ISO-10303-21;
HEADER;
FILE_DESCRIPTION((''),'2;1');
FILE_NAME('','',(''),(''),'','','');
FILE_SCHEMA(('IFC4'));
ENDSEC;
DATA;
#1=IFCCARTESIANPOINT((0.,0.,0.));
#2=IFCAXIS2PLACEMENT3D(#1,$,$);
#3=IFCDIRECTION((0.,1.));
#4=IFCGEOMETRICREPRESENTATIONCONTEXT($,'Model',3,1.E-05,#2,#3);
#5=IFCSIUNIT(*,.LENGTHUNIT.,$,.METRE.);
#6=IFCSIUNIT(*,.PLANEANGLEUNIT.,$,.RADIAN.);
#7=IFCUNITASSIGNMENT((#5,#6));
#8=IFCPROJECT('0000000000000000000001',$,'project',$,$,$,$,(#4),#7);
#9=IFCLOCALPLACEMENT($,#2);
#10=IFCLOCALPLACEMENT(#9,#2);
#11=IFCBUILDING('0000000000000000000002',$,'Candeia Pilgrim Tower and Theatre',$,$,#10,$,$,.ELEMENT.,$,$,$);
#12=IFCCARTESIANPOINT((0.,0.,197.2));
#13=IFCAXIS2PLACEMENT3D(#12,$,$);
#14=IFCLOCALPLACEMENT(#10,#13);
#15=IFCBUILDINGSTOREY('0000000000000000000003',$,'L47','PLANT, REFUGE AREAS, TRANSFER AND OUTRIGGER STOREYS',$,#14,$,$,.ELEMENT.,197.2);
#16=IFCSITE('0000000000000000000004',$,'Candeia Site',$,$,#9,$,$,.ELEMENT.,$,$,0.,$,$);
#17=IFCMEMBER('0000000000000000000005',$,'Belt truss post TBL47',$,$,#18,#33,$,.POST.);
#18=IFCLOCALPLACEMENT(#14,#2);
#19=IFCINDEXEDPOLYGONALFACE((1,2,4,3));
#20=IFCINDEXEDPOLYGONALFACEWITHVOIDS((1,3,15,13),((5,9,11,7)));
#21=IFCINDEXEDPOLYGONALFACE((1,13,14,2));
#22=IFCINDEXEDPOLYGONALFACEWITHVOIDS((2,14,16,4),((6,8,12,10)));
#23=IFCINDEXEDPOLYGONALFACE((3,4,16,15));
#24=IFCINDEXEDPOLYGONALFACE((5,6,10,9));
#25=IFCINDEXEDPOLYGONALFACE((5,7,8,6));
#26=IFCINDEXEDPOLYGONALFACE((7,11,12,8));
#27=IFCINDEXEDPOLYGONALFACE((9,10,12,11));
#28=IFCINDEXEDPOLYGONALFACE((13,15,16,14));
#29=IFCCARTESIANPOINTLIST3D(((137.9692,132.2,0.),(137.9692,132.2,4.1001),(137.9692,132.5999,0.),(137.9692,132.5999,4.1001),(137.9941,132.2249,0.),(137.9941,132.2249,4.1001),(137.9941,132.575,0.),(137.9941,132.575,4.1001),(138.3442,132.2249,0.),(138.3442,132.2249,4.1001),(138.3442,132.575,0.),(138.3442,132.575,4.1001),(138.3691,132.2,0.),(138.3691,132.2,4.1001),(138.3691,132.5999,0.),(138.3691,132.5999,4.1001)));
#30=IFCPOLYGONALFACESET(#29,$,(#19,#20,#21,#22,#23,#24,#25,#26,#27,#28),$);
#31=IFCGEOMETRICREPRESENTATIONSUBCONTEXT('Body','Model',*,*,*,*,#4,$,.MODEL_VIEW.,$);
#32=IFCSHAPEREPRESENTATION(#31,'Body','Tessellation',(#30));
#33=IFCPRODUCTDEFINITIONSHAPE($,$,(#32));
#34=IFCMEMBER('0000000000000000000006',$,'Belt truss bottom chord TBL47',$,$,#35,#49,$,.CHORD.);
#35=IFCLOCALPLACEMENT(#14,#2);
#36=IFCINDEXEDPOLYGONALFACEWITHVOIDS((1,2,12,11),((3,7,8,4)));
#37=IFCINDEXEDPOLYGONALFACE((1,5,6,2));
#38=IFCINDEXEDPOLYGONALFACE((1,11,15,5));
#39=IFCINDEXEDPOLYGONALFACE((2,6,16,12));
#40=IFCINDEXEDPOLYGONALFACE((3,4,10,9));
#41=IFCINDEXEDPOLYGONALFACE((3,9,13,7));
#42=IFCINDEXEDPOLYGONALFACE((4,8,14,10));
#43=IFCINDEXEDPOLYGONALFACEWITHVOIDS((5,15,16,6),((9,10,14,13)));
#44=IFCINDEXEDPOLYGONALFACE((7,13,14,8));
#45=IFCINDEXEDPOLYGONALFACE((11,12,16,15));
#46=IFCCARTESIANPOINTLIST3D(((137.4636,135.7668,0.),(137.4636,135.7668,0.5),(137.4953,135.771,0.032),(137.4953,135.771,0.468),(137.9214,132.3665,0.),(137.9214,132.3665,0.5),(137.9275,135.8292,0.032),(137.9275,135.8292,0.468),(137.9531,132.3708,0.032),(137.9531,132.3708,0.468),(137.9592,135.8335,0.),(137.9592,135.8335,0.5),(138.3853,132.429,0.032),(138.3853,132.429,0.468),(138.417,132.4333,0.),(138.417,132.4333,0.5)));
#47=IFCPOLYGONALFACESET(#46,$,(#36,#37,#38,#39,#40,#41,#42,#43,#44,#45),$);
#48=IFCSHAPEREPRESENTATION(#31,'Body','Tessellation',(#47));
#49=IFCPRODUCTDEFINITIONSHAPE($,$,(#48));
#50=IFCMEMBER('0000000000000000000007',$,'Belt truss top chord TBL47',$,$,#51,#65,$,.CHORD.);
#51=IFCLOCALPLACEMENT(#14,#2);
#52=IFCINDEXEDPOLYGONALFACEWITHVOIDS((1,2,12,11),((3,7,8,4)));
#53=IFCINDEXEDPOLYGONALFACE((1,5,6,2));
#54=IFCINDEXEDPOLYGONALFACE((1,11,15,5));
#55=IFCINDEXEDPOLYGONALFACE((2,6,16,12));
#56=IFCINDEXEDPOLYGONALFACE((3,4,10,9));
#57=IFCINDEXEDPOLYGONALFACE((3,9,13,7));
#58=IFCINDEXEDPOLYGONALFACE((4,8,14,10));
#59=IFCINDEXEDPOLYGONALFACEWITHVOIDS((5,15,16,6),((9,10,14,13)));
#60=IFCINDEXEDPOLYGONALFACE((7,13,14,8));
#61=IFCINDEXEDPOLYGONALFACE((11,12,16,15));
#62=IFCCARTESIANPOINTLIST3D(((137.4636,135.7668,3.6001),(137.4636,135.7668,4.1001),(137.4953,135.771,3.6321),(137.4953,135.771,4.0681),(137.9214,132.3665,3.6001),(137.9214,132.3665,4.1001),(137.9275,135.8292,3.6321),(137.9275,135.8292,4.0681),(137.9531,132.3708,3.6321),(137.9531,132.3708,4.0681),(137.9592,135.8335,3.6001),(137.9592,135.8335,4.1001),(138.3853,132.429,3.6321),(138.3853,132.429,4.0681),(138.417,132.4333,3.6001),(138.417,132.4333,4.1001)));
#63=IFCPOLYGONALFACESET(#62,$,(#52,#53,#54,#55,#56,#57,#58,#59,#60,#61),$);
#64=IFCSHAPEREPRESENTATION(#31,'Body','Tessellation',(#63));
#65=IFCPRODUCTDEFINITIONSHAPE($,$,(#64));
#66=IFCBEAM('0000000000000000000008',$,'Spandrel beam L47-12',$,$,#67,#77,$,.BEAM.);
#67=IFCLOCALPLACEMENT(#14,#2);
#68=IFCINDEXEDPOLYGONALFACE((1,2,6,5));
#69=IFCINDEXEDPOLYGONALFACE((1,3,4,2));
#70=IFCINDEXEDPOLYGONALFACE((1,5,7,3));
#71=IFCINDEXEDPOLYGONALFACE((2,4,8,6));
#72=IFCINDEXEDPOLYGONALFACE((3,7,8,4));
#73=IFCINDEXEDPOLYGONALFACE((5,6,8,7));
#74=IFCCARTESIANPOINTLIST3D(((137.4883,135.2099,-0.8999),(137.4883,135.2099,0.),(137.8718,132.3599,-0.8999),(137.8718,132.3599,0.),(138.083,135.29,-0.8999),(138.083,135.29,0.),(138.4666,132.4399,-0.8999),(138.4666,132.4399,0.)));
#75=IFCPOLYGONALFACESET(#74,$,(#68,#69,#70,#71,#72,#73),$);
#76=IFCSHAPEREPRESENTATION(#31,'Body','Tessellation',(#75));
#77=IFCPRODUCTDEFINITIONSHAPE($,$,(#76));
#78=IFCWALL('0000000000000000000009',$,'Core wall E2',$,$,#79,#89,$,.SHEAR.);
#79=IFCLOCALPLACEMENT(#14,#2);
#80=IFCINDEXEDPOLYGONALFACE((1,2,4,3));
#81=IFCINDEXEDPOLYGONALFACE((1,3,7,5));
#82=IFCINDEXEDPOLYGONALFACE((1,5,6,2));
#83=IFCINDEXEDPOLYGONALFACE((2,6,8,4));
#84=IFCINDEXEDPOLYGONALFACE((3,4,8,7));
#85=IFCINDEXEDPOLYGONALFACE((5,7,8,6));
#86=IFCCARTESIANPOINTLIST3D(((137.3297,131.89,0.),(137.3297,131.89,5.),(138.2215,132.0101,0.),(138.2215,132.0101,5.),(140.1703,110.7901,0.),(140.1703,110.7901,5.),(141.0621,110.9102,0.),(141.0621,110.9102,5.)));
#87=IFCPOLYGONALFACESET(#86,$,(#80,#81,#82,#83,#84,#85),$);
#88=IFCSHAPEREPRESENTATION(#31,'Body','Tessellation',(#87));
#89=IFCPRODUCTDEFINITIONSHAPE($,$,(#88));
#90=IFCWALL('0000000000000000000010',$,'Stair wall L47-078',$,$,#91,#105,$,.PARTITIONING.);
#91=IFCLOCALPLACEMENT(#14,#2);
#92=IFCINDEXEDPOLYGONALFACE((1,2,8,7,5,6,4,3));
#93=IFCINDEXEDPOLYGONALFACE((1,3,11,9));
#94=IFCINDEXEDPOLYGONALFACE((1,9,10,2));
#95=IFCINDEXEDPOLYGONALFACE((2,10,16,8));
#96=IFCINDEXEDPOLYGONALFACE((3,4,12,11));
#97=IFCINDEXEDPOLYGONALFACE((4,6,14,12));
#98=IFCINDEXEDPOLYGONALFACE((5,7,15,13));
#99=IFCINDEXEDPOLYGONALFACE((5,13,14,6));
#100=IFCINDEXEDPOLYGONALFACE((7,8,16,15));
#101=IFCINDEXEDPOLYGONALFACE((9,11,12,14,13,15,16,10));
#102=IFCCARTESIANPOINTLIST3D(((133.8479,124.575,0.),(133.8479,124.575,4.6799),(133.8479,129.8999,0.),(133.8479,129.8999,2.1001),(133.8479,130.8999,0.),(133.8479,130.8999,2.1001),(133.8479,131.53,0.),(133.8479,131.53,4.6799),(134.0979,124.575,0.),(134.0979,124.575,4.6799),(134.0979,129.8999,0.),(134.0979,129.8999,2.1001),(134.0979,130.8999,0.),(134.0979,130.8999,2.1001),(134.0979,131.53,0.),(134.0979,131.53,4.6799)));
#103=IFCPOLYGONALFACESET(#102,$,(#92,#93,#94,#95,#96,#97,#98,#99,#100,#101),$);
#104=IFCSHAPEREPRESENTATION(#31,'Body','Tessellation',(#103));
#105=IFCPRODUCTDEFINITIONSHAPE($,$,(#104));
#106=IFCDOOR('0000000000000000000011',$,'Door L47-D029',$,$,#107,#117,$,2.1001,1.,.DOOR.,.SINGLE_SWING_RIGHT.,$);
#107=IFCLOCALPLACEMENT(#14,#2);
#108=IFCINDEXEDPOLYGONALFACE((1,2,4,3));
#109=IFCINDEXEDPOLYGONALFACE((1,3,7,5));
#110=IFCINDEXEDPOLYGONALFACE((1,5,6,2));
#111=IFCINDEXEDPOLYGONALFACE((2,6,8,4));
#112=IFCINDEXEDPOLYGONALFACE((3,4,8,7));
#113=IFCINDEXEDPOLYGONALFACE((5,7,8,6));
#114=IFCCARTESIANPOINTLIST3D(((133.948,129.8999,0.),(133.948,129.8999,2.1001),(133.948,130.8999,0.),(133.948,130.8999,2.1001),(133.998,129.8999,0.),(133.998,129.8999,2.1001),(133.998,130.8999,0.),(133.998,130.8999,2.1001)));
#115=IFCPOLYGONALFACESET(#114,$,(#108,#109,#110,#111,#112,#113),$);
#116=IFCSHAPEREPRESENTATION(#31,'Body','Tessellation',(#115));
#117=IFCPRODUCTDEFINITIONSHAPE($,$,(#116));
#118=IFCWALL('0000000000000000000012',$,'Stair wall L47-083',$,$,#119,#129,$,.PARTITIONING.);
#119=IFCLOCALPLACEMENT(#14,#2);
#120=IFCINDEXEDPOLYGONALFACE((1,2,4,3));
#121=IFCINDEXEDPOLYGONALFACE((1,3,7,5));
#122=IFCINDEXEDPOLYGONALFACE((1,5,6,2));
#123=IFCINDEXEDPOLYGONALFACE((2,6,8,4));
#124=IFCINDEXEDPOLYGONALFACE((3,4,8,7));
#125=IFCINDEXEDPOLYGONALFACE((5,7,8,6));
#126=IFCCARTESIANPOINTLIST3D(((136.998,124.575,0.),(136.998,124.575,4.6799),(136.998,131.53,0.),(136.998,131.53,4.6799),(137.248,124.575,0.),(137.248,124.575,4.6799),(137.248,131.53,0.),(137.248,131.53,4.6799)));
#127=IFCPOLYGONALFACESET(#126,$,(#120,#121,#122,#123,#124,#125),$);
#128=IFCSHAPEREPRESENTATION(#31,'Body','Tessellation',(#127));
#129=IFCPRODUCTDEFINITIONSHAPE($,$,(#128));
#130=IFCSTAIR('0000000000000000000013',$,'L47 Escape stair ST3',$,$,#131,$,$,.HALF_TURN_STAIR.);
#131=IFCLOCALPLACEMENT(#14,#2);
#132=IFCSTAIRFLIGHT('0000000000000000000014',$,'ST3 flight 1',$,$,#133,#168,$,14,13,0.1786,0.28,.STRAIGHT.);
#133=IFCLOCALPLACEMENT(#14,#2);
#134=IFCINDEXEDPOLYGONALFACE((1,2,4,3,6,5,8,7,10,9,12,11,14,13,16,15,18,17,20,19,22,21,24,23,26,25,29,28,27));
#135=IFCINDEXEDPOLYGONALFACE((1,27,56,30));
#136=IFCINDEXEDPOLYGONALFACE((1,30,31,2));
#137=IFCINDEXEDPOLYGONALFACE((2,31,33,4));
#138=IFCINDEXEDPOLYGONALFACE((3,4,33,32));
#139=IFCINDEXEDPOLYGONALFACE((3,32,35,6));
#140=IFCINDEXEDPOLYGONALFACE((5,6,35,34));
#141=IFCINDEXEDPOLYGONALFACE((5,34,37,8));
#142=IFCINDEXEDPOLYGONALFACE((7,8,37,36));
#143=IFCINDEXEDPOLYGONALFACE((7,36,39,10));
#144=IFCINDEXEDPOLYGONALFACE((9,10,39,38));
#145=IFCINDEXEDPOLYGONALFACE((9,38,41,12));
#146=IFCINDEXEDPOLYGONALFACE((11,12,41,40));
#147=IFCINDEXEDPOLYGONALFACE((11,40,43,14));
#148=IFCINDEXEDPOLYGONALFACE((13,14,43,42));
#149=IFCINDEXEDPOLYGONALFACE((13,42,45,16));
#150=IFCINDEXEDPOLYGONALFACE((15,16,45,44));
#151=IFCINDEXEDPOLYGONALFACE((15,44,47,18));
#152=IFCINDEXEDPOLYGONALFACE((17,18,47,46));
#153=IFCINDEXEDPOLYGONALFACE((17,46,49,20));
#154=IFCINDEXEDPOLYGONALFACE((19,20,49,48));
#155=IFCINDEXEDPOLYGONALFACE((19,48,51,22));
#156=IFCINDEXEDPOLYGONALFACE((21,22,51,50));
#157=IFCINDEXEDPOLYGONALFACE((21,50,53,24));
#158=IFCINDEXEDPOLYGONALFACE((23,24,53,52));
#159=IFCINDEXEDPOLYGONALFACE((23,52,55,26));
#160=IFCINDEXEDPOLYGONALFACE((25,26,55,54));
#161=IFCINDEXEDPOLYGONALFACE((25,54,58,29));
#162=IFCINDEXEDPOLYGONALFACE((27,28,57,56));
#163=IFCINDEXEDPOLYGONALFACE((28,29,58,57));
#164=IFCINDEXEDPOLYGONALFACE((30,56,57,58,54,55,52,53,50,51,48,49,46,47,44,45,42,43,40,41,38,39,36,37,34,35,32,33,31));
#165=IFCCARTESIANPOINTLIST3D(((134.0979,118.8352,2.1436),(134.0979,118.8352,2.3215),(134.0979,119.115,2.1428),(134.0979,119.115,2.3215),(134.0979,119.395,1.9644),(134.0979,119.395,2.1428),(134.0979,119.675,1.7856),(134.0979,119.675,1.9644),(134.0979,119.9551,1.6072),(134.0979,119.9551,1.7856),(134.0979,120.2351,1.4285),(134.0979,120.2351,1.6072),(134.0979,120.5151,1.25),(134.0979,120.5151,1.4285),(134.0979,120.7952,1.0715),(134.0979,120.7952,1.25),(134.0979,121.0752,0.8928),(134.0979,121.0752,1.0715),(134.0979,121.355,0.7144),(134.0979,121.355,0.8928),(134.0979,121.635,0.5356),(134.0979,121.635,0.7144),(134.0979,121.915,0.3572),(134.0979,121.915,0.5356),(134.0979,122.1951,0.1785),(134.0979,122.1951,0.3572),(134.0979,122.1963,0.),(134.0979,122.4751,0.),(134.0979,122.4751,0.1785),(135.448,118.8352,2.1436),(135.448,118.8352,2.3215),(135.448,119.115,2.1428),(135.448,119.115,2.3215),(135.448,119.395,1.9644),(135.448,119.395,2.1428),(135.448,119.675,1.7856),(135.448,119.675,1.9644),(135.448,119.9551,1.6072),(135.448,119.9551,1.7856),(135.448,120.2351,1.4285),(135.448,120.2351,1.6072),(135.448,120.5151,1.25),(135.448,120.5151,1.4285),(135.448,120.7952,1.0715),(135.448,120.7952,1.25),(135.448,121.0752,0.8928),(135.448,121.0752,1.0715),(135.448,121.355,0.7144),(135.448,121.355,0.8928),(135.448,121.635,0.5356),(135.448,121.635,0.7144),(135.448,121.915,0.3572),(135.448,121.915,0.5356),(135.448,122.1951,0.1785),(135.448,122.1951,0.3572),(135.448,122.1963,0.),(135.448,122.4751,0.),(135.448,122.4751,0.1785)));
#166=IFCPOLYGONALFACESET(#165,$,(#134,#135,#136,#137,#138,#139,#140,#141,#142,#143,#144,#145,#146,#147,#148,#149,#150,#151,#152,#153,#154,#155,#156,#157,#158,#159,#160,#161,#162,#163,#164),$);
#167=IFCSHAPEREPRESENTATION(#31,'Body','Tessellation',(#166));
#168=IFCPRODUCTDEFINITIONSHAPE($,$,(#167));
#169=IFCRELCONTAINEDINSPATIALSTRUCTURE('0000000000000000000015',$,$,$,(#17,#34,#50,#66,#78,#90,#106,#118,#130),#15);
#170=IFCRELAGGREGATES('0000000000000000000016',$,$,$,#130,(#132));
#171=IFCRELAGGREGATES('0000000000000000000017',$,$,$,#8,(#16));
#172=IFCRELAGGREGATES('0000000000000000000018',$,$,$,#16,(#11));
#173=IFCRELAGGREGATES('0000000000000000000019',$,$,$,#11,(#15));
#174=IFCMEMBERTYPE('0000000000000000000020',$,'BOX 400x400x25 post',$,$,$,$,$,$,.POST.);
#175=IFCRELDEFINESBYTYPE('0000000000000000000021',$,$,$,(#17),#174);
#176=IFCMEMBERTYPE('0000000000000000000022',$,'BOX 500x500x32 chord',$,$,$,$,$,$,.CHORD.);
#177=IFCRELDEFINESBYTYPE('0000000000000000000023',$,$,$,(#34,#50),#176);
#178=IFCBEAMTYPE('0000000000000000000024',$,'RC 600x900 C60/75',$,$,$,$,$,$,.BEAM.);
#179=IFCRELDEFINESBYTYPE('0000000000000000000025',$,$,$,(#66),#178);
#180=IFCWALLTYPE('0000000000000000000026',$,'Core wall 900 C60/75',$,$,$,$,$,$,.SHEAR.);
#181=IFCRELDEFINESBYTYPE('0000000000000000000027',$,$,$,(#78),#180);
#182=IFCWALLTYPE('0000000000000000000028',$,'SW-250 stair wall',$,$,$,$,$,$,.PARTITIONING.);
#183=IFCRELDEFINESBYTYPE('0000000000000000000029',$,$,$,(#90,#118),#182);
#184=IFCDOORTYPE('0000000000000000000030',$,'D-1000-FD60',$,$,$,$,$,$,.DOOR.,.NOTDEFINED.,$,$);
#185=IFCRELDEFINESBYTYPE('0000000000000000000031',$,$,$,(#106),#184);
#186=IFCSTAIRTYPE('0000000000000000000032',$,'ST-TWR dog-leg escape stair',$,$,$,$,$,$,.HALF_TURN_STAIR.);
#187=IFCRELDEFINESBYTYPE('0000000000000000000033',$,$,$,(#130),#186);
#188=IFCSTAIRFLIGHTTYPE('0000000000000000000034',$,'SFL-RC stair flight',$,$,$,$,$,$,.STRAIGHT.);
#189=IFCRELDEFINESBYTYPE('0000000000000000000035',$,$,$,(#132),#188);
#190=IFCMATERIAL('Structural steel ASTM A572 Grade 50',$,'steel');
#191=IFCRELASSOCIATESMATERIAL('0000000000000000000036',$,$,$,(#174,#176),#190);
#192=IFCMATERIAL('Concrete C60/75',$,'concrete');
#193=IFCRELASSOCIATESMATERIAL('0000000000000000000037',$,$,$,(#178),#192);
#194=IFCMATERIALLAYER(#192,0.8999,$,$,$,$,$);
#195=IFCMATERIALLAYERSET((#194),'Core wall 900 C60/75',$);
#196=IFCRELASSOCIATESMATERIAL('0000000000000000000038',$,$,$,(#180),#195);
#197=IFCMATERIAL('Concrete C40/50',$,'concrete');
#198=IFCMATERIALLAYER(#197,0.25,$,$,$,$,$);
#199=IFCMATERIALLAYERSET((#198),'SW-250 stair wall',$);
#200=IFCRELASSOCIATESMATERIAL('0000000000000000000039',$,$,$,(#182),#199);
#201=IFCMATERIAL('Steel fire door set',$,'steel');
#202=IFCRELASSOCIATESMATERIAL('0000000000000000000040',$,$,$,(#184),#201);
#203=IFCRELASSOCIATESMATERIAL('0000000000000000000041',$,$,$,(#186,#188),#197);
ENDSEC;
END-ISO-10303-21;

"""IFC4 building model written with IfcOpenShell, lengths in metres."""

from ifc_helpers import new_model, si_unit, direction, frame, frame_2d, origin, origin_2d, place, context, subcontext, project, spatial, polyline, rectangle, hollow_rectangle, outline, extrude, material, layer, layer_set, material_profile, profile_set, type_object, element, fill, aggregate, save


model = new_model("IFC4")

# Units and contexts
model_context = context("Model", 3, precision=1e-05, world=origin(), true_north=direction((0.0, 1.0)))
body_context = subcontext(model_context, "Body", "Model", "MODEL_VIEW")
ifc_project = project(units=[si_unit("LENGTHUNIT", "METRE"), si_unit("PLANEANGLEUNIT", "RADIAN")], contexts=[model_context])

# Site, building, storey
site_placement = place(None, origin())
site = spatial("IfcSite", under=ifc_project, at=site_placement, Name="Candeia Site", CompositionType="ELEMENT", RefElevation=0.0)
building_placement = place(site_placement, origin())
building = spatial("IfcBuilding", under=site, at=building_placement, Name="Candeia Pilgrim Tower and Theatre", CompositionType="ELEMENT")
storey_placement = place(building_placement, frame((0.0, 0.0, 197.2)))
storey = spatial("IfcBuildingStorey", under=building, at=storey_placement, Name="L47", Description="PLANT, REFUGE AREAS, TRANSFER AND OUTRIGGER STOREYS", CompositionType="ELEMENT", Elevation=197.2)

# Members
ifc_material_1 = material(Name="Structural steel ASTM A572 Grade 50", Category="steel")
ifc_material_profile_1 = material_profile(ifc_material_1, hollow_rectangle(XDim=0.3999, YDim=0.3999, WallThickness=0.0249, at=origin_2d()))
ifc_profile_set_1 = profile_set([ifc_material_profile_1], Name="Structural steel ASTM A572 Grade 50")
member_type_1 = type_object("IfcMemberType", Name="BOX 400x400x25 post", PredefinedType="POST", material=ifc_profile_set_1)
member_placement = place(storey_placement, frame((138.1692, 132.3999, 0.0), z_axis=(0.0, 0.0, 1.0), x_axis=(1.0, 0.0, 0.0)))
element("IfcMember", 1, at=member_placement, inside=storey, type_object=member_type_1, Name="Belt truss post TBL47", PredefinedType="POST", context=body_context, shape_type="SweptSolid", body=[
    extrude(hollow_rectangle(XDim=0.3999, YDim=0.3999, WallThickness=0.0249, at=origin_2d()), origin(), (0.0, 0.0, 1.0), 4.1001),
])
ifc_material_profile_2 = material_profile(ifc_material_1, hollow_rectangle(XDim=0.5, YDim=0.5, WallThickness=0.032, at=origin_2d()))
ifc_profile_set_2 = profile_set([ifc_material_profile_2], Name="Structural steel ASTM A572 Grade 50")
member_type_2 = type_object("IfcMemberType", Name="BOX 500x500x32 chord", PredefinedType="CHORD", material=ifc_profile_set_2)
for number, where, z_axis, x_axis, name in (
    (2, (138.1692, 132.3999, 0.25), (-0.133427, 0.991059, 0.0), (-0.991059, -0.133427, 0.0), "Belt truss bottom chord TBL47"),
    (3, (138.1692, 132.3999, 3.8501), (-0.133427, 0.991059, 0.0), (-0.991059, -0.133427, 0.0), "Belt truss top chord TBL47"),
):
    element("IfcMember", number, at=place(storey_placement, frame(where, z_axis=z_axis, x_axis=x_axis)), inside=storey, type_object=member_type_2, Name=name, PredefinedType="CHORD", context=body_context, shape_type="SweptSolid", body=[
        extrude(hollow_rectangle(XDim=0.5, YDim=0.5, WallThickness=0.032, at=origin_2d()), origin(), (0.0, 0.0, 1.0), 3.4309),
    ])

# Beam
ifc_material_2 = material(Name="Concrete C60/75", Category="concrete")
ifc_material_profile_3 = material_profile(ifc_material_2, rectangle(XDim=0.6001, YDim=0.8999, at=origin_2d()))
ifc_profile_set_3 = profile_set([ifc_material_profile_3], Name="Concrete C60/75")
beam_type = type_object("IfcBeamType", Name="RC 600x900 C60/75", PredefinedType="BEAM", material=ifc_profile_set_3)
beam_placement = place(storey_placement, frame((138.1692, 132.3999, -0.45), z_axis=(-0.13337, 0.991066, 0.0), x_axis=(-0.991066, -0.13337, 0.0)))
element("IfcBeam", 4, at=beam_placement, inside=storey, type_object=beam_type, Name="Spandrel beam L47-12", PredefinedType="BEAM", context=body_context, shape_type="SweptSolid", body=[
    extrude(rectangle(XDim=0.6001, YDim=0.8999, at=origin_2d()), origin(), (0.0, 0.0, 1.0), 2.8757),
])

# Wall
ifc_layer_1 = layer(ifc_material_2, 0.8999)
ifc_layer_set_1 = layer_set([ifc_layer_1], Name="Core wall 900 C60/75")
wall_type_1 = type_object("IfcWallType", Name="Core wall 900 C60/75", PredefinedType="SHEAR", material=ifc_layer_set_1)
wall_1_placement = place(storey_placement, frame((137.7756, 131.95, 0.0), z_axis=(0.0, 0.0, 1.0), x_axis=(0.133422, -0.991059, 0.0)))
element("IfcWall", 5, at=wall_1_placement, inside=storey, type_object=wall_type_1, Name="Core wall E2", PredefinedType="SHEAR", context=body_context, shape_type="SweptSolid", body=[
    extrude(rectangle(XDim=21.2903, YDim=0.8999, at=frame_2d((10.645, 0.0))), origin(), (0.0, 0.0, 1.0), 5.0),
])

# Wall, opening, door
ifc_material_3 = material(Name="Concrete C40/50", Category="concrete")
ifc_layer_2 = layer(ifc_material_3, 0.25)
ifc_layer_set_2 = layer_set([ifc_layer_2], Name="SW-250 stair wall")
wall_type_2 = type_object("IfcWallType", Name="SW-250 stair wall", PredefinedType="PARTITIONING", material=ifc_layer_set_2)
wall_2_placement = place(storey_placement, frame((133.9729, 124.575, 0.0), z_axis=(0.0, 0.0, 1.0), x_axis=(0.0, 1.0, 0.0)))
wall_2 = element("IfcWall", 6, at=wall_2_placement, inside=storey, type_object=wall_type_2, Name="Stair wall L47-078", PredefinedType="PARTITIONING", context=body_context, shape_type="SweptSolid", body=[
    extrude(rectangle(XDim=6.9551, YDim=0.25, at=frame_2d((3.4775, 0.0))), origin(), (0.0, 0.0, 1.0), 4.6799),
])
opening_1_placement = place(wall_2_placement, frame((5.325, 0.0, 0.0)))
opening_1 = element("IfcOpeningElement", 7, at=opening_1_placement, cuts=wall_2, PredefinedType="OPENING", context=body_context, shape_type="SweptSolid", body=[
    extrude(rectangle(XDim=1.0, YDim=2.1001, at=frame_2d((0.5, 1.05))), frame((0.0, 0.135, 0.0), z_axis=(0.0, -1.0, 0.0), x_axis=(1.0, 0.0, 0.0)), (0.0, 0.0, 1.0), 0.27),
])
ifc_material_4 = material(Name="Steel fire door set", Category="steel")
door_type_1 = type_object("IfcDoorType", Name="D-1000-FD60", OperationType="NOTDEFINED", PredefinedType="DOOR", material=ifc_material_4)
door_1_placement = place(opening_1_placement, origin())
door_1 = element("IfcDoor", 8, at=door_1_placement, inside=storey, type_object=door_type_1, Name="Door L47-D029", OperationType="SINGLE_SWING_RIGHT", OverallHeight=2.1001, OverallWidth=1.0, PredefinedType="DOOR", context=body_context, shape_type="SweptSolid", body=[
    extrude(rectangle(XDim=1.0, YDim=2.1001, at=frame_2d((0.5, 1.05))), frame((0.0, 0.0249, 0.0), z_axis=(0.0, -1.0, 0.0), x_axis=(1.0, 0.0, 0.0)), (0.0, 0.0, 1.0), 0.05),
])
fill(opening_1, door_1)

# Wall
wall_3_placement = place(storey_placement, frame((137.123, 124.575, 0.0), z_axis=(0.0, 0.0, 1.0), x_axis=(0.0, 1.0, 0.0)))
element("IfcWall", 9, at=wall_3_placement, inside=storey, type_object=wall_type_2, Name="Stair wall L47-083", PredefinedType="PARTITIONING", context=body_context, shape_type="SweptSolid", body=[
    extrude(rectangle(XDim=6.9551, YDim=0.25, at=frame_2d((3.4775, 0.0))), origin(), (0.0, 0.0, 1.0), 4.6799),
])

# Stair, stair flight
stair_type = type_object("IfcStairType", Name="ST-TWR dog-leg escape stair", PredefinedType="HALF_TURN_STAIR", material=ifc_material_3)
stair_1_placement = place(storey_placement, origin())
stair_1 = element("IfcStair", 10, at=stair_1_placement, inside=storey, type_object=stair_type, Name="L47 Escape stair ST3", PredefinedType="HALF_TURN_STAIR")
stair_flight_type = type_object("IfcStairFlightType", Name="SFL-RC stair flight", PredefinedType="STRAIGHT", material=ifc_material_3)
stair_flight_1_placement = place(storey_placement, frame((134.7729, 122.4751, 0.0), z_axis=(0.0, 0.0, 1.0), x_axis=(0.0, -1.0, 0.0)))
stair_flight_1 = element("IfcStairFlight", 11, at=stair_flight_1_placement, type_object=stair_flight_type, Name="ST3 flight 1", NumberOfRisers=14, NumberOfTreads=13, PredefinedType="STRAIGHT", RiserHeight=0.1786, TreadLength=0.28, context=body_context, shape_type="SweptSolid", body=[
    extrude(outline(polyline([(0.0, 0.0), (0.0, 0.1785), (0.28, 0.1785), (0.28, 0.3572), (0.5601, 0.3572), (0.5601, 0.5356), (0.8401, 0.5356), (0.8401, 0.7144), (1.1201, 0.7144), (1.1201, 0.8928), (1.3999, 0.8928), (1.3999, 1.0715), (1.6799, 1.0715), (1.6799, 1.25), (1.96, 1.25), (1.96, 1.4285), (2.24, 1.4285), (2.24, 1.6072), (2.52, 1.6072), (2.52, 1.7856), (2.8, 1.7856), (2.8, 1.9644), (3.0801, 1.9644), (3.0801, 2.1428), (3.3601, 2.1428), (3.3601, 2.3215), (3.6399, 2.3215), (3.6399, 2.5), (3.6399, 2.1436), (0.2788, 0.0), (0.0, 0.0)])), frame((0.0, 0.675, 0.0), z_axis=(0.0, -1.0, 0.0), x_axis=(1.0, 0.0, 0.0)), (0.0, 0.0, 1.0), 1.3501),
])
aggregate(stair_1, [stair_flight_1])

save(model, "model.ifc")
